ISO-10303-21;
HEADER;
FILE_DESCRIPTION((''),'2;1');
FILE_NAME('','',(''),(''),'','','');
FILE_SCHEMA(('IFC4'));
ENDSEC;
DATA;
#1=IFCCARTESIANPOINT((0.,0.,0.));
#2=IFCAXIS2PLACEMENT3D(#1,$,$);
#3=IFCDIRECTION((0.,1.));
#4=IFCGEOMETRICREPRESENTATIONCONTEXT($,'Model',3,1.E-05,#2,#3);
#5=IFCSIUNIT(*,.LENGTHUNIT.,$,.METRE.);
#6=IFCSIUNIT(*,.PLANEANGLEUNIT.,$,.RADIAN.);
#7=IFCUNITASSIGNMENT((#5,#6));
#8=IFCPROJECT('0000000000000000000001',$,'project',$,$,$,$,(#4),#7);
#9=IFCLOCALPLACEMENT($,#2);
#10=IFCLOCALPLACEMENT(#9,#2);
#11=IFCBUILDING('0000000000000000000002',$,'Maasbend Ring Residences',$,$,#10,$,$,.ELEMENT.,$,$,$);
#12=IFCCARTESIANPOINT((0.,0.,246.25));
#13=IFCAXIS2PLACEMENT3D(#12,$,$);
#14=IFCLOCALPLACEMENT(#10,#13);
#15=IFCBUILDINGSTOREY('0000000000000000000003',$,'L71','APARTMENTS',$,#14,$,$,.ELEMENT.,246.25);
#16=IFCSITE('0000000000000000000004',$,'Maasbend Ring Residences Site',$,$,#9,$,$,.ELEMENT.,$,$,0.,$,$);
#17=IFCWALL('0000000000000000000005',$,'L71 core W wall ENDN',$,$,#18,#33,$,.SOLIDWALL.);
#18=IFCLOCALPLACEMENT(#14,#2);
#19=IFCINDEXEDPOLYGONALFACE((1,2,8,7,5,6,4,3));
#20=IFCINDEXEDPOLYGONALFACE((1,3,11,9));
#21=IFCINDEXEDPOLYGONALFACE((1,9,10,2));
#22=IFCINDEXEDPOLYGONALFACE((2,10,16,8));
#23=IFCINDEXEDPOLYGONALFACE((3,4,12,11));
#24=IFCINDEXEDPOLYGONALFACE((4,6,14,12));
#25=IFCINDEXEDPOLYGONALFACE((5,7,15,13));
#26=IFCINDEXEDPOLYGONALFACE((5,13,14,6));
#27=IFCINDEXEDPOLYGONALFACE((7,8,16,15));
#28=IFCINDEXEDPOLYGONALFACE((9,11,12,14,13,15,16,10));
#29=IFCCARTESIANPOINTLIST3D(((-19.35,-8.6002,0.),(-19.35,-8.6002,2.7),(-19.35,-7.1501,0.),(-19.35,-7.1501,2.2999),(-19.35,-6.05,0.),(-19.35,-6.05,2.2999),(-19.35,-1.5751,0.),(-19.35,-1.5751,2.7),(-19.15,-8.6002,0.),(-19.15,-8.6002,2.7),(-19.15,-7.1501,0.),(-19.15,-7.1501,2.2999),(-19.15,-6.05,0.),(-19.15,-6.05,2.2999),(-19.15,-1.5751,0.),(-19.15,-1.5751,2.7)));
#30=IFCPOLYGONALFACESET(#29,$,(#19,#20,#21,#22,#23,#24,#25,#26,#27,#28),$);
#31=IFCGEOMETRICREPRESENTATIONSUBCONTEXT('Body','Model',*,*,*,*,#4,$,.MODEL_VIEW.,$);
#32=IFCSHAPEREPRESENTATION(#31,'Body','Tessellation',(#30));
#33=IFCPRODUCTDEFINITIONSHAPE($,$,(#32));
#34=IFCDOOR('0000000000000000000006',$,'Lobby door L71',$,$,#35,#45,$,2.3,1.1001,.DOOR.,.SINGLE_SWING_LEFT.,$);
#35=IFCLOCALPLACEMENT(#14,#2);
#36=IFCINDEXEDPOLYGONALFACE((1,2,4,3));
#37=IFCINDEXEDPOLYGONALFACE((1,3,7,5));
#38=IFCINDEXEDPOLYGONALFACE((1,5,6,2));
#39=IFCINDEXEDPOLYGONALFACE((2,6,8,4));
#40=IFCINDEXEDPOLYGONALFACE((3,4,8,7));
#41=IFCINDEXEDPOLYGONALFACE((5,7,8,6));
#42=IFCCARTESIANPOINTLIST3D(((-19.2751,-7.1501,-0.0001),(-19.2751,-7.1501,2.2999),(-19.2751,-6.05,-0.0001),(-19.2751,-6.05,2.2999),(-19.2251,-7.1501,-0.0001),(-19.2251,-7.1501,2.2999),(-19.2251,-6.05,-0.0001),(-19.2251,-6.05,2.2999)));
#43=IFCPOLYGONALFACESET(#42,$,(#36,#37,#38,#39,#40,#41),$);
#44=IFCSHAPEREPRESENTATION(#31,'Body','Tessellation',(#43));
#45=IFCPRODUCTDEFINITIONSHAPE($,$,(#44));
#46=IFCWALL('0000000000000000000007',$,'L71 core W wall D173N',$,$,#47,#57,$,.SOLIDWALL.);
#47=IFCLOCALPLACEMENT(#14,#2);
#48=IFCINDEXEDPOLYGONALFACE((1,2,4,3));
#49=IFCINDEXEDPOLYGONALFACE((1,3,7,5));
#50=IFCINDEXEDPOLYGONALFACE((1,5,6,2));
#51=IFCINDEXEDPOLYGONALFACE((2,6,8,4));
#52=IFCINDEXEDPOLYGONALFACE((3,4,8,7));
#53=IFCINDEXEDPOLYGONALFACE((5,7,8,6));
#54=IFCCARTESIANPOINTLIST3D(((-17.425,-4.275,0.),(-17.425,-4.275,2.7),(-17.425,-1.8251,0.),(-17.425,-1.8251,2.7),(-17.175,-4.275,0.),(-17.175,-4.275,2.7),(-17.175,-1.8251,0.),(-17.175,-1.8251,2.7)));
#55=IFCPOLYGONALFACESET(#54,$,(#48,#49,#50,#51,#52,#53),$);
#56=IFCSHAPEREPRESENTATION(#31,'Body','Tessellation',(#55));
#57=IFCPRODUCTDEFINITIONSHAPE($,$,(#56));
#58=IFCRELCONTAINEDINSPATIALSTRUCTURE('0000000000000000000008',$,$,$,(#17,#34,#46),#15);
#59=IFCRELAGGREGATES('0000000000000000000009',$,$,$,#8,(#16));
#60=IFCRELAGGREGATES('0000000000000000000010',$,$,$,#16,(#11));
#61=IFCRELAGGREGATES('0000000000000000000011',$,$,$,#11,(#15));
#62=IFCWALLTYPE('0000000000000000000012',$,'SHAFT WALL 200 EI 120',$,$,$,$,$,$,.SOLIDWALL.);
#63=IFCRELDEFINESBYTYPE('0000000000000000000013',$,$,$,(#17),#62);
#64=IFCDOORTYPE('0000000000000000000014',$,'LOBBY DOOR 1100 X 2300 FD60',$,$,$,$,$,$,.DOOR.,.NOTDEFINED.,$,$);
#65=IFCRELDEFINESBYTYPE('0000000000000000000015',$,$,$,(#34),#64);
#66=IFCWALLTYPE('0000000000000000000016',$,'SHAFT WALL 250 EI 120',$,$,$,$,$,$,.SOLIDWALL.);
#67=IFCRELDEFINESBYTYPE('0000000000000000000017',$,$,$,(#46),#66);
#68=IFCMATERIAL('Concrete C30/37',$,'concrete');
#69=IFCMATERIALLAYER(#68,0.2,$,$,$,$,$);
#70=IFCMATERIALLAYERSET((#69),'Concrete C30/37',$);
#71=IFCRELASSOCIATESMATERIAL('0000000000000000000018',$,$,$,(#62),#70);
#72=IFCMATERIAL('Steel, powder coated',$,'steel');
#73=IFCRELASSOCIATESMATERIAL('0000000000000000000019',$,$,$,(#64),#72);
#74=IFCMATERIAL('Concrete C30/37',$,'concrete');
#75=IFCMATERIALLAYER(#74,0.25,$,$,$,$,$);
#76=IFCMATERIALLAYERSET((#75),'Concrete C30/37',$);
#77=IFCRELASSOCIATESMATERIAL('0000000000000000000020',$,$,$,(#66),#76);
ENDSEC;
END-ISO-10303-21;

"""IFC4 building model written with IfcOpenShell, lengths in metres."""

from ifc_helpers import new_model, si_unit, direction, frame, frame_2d, origin, place, context, subcontext, project, spatial, rectangle, extrude, material, layer, layer_set, type_object, element, fill, save


model = new_model("IFC4")

# Units and contexts
model_context = context("Model", 3, precision=1e-05, world=origin(), true_north=direction((0.0, 1.0)))
body_context = subcontext(model_context, "Body", "Model", "MODEL_VIEW")
ifc_project = project(units=[si_unit("LENGTHUNIT", "METRE"), si_unit("PLANEANGLEUNIT", "RADIAN")], contexts=[model_context])

# Site, building, storey
site_placement = place(None, origin())
site = spatial("IfcSite", under=ifc_project, at=site_placement, Name="Maasbend Ring Residences Site", CompositionType="ELEMENT", RefElevation=0.0)
building_placement = place(site_placement, origin())
building = spatial("IfcBuilding", under=site, at=building_placement, Name="Maasbend Ring Residences", CompositionType="ELEMENT")
storey_placement = place(building_placement, frame((0.0, 0.0, 246.25)))
storey = spatial("IfcBuildingStorey", under=building, at=storey_placement, Name="L71", Description="APARTMENTS", CompositionType="ELEMENT", Elevation=246.25)

# Wall, opening, door
ifc_material_1 = material(Name="Concrete C30/37", Category="concrete")
ifc_layer_1 = layer(ifc_material_1, 0.2)
ifc_layer_set_1 = layer_set([ifc_layer_1], Name="Concrete C30/37")
wall_type_1 = type_object("IfcWallType", Name="SHAFT WALL 200 EI 120", PredefinedType="SOLIDWALL", material=ifc_layer_set_1)
wall_1_placement = place(storey_placement, frame((-19.25, -1.575, 0.0), z_axis=(0.0, 0.0, 1.0), x_axis=(0.0, -1.0, 0.0)))
wall_1 = element("IfcWall", 1, at=wall_1_placement, inside=storey, type_object=wall_type_1, Name="L71 core W wall ENDN", PredefinedType="SOLIDWALL", context=body_context, shape_type="SweptSolid", body=[
    extrude(rectangle(XDim=7.0251, YDim=0.2, at=frame_2d((3.5127, 0.0))), origin(), (0.0, 0.0, 1.0), 2.7),
])
opening_1_placement = place(wall_1_placement, frame((4.4751, 0.0, 0.0)))
opening_1 = element("IfcOpeningElement", 2, at=opening_1_placement, cuts=wall_1, PredefinedType="OPENING", context=body_context, shape_type="SweptSolid", body=[
    extrude(rectangle(XDim=1.1001, YDim=2.3, at=frame_2d((0.55, 1.1499))), frame((0.0, 0.1099, 0.0), z_axis=(0.0, -1.0, 0.0), x_axis=(1.0, 0.0, 0.0)), (0.0, 0.0, 1.0), 0.22),
])
ifc_material_2 = material(Name="Steel, powder coated", Category="steel")
door_type_1 = type_object("IfcDoorType", Name="LOBBY DOOR 1100 X 2300 FD60", OperationType="NOTDEFINED", PredefinedType="DOOR", material=ifc_material_2)
door_1_placement = place(opening_1_placement, origin())
door_1 = element("IfcDoor", 3, at=door_1_placement, inside=storey, type_object=door_type_1, Name="Lobby door L71", OperationType="SINGLE_SWING_LEFT", OverallHeight=2.3, OverallWidth=1.1001, PredefinedType="DOOR", context=body_context, shape_type="SweptSolid", body=[
    extrude(rectangle(XDim=1.1001, YDim=2.3, at=frame_2d((0.55, 1.1499))), frame((0.0, 0.0249, 0.0), z_axis=(0.0, -1.0, 0.0), x_axis=(1.0, 0.0, 0.0)), (0.0, 0.0, 1.0), 0.05),
])
fill(opening_1, door_1)

# Wall
ifc_material_3 = material(Name="Concrete C30/37", Category="concrete")
ifc_layer_2 = layer(ifc_material_3, 0.25)
ifc_layer_set_2 = layer_set([ifc_layer_2], Name="Concrete C30/37")
wall_type_2 = type_object("IfcWallType", Name="SHAFT WALL 250 EI 120", PredefinedType="SOLIDWALL", material=ifc_layer_set_2)
wall_2_placement = place(storey_placement, frame((-17.3, -1.825, 0.0), z_axis=(0.0, 0.0, 1.0), x_axis=(0.0, -1.0, 0.0)))
element("IfcWall", 4, at=wall_2_placement, inside=storey, type_object=wall_type_2, Name="L71 core W wall D173N", PredefinedType="SOLIDWALL", context=body_context, shape_type="SweptSolid", body=[
    extrude(rectangle(XDim=2.45, YDim=0.25, at=frame_2d((1.2251, 0.0))), origin(), (0.0, 0.0, 1.0), 2.7),
])

save(model, "model.ifc")
